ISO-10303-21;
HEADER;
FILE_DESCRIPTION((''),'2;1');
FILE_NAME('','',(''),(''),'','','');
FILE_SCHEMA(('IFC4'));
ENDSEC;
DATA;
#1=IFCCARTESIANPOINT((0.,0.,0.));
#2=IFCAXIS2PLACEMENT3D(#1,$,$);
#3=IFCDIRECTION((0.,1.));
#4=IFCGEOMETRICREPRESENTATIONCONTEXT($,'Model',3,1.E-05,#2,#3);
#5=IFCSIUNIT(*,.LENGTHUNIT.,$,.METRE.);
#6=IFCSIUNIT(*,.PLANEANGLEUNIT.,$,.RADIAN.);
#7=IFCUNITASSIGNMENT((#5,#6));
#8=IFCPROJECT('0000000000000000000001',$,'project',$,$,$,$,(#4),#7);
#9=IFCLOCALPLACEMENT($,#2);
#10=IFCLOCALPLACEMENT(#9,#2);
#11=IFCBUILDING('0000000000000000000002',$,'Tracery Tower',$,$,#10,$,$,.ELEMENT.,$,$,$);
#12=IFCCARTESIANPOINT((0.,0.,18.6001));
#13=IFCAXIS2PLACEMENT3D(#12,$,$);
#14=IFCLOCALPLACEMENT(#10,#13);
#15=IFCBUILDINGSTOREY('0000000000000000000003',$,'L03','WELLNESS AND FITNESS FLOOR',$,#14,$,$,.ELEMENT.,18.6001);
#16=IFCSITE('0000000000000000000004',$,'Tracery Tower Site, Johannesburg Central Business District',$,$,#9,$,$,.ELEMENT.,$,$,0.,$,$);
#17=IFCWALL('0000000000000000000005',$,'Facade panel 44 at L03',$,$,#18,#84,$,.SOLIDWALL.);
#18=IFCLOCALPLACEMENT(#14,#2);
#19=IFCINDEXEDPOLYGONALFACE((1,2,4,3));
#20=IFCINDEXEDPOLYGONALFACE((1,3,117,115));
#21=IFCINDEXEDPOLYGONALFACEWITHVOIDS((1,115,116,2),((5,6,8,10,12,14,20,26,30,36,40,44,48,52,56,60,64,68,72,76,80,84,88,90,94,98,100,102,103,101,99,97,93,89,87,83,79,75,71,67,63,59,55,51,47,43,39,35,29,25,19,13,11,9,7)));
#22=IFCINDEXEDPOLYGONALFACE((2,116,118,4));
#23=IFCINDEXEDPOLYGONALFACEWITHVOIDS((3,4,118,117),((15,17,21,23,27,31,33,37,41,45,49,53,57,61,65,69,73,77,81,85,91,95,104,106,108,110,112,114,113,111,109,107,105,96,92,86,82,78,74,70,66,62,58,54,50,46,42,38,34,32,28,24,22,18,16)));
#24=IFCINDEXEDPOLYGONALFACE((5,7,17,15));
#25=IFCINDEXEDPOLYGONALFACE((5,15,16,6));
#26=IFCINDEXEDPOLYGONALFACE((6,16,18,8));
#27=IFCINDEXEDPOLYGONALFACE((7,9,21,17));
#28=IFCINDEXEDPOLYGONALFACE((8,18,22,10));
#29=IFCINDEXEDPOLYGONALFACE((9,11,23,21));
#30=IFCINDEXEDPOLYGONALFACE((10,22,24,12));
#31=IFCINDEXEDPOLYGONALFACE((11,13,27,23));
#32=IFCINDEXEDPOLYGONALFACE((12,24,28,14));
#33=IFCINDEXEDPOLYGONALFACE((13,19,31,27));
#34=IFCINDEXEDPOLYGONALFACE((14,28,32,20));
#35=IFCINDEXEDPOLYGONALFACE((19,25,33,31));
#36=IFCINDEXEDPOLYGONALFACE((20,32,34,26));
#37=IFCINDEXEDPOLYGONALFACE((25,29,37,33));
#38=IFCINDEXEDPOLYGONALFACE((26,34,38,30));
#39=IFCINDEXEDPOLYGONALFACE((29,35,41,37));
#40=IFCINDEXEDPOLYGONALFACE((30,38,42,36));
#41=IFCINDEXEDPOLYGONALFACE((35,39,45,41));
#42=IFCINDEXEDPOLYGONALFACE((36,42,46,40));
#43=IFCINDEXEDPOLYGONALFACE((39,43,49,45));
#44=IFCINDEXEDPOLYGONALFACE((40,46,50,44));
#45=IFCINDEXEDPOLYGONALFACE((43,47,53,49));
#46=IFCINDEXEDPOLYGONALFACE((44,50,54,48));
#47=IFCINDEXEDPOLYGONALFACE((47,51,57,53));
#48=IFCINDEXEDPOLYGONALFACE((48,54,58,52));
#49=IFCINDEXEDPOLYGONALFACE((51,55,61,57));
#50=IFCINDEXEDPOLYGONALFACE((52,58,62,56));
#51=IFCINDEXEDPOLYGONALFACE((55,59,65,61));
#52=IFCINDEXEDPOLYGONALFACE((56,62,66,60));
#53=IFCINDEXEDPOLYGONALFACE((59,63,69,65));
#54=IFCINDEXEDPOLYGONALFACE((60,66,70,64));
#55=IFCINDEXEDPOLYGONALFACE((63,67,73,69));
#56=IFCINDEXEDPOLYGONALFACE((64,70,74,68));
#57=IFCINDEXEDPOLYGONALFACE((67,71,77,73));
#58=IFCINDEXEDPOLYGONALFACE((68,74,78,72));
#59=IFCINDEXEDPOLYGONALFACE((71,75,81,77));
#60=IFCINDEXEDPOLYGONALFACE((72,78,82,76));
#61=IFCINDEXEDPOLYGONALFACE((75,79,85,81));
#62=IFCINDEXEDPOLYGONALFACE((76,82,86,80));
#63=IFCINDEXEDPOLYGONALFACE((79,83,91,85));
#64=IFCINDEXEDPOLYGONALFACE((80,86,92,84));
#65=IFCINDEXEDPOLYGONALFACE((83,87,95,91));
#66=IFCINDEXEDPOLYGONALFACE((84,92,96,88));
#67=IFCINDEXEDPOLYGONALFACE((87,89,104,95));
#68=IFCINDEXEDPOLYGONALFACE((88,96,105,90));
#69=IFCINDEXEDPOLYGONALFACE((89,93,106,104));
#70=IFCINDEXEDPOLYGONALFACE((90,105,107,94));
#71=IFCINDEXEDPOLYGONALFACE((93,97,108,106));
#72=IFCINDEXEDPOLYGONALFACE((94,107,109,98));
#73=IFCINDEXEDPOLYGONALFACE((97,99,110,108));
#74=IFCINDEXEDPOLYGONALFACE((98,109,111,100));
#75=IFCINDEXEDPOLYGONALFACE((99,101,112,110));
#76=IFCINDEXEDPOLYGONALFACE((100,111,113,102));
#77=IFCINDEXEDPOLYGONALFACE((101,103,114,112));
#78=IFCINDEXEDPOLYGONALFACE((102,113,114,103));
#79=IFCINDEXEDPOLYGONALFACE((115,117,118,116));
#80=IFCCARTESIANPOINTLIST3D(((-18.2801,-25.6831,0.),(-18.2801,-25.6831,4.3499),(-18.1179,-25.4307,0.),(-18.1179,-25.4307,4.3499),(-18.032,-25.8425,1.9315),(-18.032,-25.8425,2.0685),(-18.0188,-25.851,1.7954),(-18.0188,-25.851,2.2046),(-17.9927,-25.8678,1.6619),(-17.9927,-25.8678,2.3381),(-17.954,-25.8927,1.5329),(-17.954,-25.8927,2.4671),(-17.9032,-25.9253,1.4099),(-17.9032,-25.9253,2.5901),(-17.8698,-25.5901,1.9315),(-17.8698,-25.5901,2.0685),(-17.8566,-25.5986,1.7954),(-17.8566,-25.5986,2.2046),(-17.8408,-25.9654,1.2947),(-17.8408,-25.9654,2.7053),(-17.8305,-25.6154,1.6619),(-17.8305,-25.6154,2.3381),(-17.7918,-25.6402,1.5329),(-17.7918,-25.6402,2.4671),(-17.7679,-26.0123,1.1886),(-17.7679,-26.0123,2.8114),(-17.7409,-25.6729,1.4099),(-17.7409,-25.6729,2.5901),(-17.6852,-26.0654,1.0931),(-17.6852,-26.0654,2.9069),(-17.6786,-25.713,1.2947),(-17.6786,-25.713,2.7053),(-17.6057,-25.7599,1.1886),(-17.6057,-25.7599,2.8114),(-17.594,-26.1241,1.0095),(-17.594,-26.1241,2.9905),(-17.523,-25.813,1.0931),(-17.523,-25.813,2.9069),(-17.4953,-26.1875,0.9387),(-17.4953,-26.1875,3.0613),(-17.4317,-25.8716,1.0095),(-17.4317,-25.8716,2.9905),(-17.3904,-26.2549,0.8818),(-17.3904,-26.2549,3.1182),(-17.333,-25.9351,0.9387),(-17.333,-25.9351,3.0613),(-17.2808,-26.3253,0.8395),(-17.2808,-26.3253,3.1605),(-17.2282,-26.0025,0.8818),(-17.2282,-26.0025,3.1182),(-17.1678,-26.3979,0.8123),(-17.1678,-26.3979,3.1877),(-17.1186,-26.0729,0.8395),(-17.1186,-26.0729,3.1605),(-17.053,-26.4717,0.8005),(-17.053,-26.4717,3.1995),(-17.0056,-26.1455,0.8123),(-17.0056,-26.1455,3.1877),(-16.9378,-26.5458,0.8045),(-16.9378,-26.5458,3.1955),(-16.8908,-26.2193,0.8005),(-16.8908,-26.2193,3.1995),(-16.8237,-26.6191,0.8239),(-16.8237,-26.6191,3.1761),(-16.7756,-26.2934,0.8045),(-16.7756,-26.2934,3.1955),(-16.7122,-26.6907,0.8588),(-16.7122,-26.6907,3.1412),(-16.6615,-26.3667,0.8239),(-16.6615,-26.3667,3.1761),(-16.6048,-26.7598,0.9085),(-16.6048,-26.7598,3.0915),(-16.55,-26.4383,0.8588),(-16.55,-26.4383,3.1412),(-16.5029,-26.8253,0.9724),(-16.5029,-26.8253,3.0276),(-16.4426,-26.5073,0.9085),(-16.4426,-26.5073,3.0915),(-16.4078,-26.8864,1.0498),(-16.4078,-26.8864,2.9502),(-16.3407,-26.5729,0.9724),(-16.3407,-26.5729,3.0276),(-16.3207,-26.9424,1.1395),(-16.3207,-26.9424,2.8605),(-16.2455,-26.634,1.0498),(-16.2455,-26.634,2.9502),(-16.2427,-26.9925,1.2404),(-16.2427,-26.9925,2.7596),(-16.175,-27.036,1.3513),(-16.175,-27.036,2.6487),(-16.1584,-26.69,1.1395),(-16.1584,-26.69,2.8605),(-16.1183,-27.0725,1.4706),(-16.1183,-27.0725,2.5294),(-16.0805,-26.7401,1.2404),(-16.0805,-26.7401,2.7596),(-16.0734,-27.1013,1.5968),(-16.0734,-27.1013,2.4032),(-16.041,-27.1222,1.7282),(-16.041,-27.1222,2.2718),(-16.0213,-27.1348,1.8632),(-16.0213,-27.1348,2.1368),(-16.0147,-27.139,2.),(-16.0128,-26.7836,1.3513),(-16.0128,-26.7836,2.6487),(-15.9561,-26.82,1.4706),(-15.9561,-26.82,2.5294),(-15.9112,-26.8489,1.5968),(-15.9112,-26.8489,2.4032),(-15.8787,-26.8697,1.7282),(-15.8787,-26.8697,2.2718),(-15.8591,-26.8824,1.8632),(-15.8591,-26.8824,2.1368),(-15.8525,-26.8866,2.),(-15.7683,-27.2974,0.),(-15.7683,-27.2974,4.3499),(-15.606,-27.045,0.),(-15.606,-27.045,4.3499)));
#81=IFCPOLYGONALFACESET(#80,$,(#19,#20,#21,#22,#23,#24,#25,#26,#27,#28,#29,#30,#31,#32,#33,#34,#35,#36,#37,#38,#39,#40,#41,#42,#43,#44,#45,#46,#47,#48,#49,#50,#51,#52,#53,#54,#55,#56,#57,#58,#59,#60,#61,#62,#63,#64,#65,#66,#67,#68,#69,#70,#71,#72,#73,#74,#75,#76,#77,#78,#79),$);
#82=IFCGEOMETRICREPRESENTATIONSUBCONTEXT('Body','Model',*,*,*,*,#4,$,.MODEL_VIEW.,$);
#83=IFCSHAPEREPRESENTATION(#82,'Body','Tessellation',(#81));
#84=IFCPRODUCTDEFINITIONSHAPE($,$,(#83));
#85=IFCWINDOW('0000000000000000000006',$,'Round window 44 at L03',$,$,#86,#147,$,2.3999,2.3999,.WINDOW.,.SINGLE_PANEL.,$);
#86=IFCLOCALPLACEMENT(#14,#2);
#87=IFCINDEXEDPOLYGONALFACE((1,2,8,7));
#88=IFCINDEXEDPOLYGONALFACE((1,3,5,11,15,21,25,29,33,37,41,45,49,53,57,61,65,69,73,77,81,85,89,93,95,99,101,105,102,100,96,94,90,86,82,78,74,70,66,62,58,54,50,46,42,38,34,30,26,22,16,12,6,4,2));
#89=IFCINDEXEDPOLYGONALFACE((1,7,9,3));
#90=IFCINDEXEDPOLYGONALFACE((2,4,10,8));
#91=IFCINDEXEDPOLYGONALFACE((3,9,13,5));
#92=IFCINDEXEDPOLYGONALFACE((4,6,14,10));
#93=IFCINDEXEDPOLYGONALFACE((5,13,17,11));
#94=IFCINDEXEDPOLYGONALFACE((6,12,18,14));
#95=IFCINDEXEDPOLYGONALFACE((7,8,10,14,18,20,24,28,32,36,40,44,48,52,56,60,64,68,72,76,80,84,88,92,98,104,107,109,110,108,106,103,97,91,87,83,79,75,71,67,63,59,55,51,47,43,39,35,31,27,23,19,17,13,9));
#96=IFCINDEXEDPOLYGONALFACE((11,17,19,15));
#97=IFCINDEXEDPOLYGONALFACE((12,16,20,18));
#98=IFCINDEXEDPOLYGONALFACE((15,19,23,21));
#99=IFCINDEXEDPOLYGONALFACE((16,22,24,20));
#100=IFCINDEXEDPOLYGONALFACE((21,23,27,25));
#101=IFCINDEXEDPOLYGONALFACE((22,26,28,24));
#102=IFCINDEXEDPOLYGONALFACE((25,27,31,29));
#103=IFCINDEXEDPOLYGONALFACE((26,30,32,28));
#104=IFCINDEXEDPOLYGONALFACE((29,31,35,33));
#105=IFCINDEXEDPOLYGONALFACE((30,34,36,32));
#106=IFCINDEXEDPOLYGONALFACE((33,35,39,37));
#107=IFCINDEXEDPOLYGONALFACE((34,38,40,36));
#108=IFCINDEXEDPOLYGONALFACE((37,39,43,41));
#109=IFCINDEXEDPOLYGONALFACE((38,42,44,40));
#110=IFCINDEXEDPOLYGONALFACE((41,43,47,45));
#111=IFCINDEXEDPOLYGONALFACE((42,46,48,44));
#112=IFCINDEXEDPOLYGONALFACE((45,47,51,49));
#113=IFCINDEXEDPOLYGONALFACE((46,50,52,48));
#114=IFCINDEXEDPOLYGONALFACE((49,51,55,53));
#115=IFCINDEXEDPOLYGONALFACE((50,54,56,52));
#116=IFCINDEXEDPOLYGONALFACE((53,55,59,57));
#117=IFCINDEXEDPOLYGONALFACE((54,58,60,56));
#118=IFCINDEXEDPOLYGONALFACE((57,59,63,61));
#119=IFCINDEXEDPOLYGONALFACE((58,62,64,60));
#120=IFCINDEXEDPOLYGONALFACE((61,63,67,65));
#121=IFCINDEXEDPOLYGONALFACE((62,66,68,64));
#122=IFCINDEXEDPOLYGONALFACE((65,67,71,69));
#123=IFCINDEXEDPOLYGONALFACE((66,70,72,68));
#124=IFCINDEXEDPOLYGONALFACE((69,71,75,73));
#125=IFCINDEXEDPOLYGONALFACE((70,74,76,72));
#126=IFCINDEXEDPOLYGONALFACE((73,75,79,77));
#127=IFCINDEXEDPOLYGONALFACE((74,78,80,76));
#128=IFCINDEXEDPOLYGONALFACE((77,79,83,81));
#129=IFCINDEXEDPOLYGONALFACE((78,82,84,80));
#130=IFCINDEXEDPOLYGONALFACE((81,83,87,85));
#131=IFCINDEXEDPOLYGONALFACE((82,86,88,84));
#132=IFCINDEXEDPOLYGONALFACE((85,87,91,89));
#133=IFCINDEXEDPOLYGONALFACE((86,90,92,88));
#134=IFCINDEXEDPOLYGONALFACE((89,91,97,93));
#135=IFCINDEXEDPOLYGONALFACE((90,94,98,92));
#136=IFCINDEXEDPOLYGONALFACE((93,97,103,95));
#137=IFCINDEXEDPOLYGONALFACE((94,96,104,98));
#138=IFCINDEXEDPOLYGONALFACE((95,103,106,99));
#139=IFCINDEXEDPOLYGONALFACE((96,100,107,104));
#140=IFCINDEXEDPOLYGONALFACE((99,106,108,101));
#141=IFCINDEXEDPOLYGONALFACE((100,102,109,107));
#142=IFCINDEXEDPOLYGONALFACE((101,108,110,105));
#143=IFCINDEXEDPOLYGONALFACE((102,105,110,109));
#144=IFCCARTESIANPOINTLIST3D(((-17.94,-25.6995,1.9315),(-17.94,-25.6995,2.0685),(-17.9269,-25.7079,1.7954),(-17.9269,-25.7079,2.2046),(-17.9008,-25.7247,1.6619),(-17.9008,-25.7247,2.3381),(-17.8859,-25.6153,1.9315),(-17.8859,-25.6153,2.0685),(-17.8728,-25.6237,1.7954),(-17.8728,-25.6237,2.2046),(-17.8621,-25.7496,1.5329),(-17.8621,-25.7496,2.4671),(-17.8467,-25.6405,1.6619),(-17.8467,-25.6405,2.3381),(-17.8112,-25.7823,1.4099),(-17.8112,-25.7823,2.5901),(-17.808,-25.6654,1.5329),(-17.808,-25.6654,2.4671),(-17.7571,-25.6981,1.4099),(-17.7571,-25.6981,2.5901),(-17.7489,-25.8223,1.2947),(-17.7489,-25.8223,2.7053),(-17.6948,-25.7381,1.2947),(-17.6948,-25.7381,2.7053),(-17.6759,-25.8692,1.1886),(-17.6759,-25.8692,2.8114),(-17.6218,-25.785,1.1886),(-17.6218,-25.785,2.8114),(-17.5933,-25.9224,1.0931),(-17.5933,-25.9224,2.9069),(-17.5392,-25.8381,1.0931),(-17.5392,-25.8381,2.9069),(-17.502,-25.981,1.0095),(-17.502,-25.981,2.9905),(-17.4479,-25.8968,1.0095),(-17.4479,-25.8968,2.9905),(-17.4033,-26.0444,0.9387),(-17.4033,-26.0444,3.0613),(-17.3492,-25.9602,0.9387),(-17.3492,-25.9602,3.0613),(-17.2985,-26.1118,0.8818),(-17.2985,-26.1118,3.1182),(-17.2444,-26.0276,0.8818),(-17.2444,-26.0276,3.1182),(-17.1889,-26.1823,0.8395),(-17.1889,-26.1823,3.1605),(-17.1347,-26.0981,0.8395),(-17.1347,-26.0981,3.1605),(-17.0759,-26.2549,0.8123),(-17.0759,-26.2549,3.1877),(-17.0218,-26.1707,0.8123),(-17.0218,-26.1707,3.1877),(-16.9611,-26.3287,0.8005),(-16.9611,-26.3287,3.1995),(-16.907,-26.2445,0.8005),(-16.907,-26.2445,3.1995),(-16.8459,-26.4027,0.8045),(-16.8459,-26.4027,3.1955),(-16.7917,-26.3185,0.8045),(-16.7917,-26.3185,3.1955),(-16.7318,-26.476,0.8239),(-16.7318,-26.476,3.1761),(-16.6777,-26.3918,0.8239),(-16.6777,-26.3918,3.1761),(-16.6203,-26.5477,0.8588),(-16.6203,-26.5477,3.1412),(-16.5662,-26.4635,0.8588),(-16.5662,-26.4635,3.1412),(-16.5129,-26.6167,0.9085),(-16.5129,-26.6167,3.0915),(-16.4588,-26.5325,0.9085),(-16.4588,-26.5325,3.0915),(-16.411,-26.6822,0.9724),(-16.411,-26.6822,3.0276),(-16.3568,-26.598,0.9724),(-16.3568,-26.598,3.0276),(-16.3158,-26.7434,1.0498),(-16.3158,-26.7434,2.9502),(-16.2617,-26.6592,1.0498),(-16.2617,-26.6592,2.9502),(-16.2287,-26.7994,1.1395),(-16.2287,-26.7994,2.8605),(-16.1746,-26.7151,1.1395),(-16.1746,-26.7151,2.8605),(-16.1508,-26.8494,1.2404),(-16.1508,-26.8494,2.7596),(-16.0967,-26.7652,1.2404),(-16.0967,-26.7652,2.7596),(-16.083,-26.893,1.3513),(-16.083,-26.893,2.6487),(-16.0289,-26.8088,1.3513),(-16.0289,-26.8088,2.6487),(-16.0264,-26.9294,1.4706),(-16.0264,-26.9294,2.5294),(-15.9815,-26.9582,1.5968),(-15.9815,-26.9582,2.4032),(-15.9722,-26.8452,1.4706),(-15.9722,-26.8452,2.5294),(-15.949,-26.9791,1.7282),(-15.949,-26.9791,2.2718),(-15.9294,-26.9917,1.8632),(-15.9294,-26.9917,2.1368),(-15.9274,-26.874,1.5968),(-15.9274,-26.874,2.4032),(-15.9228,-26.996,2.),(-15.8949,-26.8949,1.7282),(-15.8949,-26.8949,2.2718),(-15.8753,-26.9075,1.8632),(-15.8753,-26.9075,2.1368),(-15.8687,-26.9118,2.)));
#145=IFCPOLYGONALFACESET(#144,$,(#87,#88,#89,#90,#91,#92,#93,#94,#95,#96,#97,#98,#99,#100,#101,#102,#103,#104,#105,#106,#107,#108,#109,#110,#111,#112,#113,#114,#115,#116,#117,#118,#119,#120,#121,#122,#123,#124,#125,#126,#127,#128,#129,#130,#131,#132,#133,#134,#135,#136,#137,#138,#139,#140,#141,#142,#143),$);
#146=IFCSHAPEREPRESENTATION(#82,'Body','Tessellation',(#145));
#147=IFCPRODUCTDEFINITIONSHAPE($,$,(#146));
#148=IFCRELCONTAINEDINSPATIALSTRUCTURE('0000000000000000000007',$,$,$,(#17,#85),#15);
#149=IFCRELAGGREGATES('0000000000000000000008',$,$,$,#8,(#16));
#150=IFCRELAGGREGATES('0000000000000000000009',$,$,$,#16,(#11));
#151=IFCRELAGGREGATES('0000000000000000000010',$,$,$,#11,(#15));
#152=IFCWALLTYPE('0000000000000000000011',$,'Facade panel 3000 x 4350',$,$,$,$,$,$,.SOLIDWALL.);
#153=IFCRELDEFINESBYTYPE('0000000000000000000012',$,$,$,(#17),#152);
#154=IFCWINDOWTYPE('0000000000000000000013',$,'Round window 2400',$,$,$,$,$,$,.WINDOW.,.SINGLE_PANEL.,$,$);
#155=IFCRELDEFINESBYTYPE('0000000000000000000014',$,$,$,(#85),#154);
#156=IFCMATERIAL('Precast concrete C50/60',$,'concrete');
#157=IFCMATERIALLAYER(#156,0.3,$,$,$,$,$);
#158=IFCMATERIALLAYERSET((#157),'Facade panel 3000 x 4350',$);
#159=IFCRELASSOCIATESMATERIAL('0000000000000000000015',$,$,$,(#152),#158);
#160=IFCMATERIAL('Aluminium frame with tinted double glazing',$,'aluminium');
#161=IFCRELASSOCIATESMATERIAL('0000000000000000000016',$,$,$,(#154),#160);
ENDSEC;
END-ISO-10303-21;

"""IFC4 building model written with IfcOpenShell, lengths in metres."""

from ifc_helpers import new_model, si_unit, direction, frame, frame_2d, origin, origin_2d, place, context, subcontext, project, spatial, rectangle, circle, extrude, material, layer, layer_set, type_object, element, fill, save


model = new_model("IFC4")

# Units and contexts
model_context = context("Model", 3, precision=1e-05, world=origin(), true_north=direction((0.0, 1.0)))
body_context = subcontext(model_context, "Body", "Model", "MODEL_VIEW")
ifc_project = project(units=[si_unit("LENGTHUNIT", "METRE"), si_unit("PLANEANGLEUNIT", "RADIAN")], contexts=[model_context])

# Site, building, storey
site_placement = place(None, origin())
site = spatial("IfcSite", under=ifc_project, at=site_placement, Name="Tracery Tower Site, Johannesburg Central Business District", CompositionType="ELEMENT", RefElevation=0.0)
building_placement = place(site_placement, origin())
building = spatial("IfcBuilding", under=site, at=building_placement, Name="Tracery Tower", CompositionType="ELEMENT")
storey_placement = place(building_placement, frame((0.0, 0.0, 18.6001)))
storey = spatial("IfcBuildingStorey", under=building, at=storey_placement, Name="L03", Description="WELLNESS AND FITNESS FLOOR", CompositionType="ELEMENT", Elevation=18.6001)

# Wall, opening, window
ifc_material_1 = material(Name="Precast concrete C50/60", Category="concrete")
ifc_layer_1 = layer(ifc_material_1, 0.3)
ifc_layer_set_1 = layer_set([ifc_layer_1], Name="Facade panel 3000 x 4350")
wall_type_1 = type_object("IfcWallType", Name="Facade panel 3000 x 4350", PredefinedType="SOLIDWALL", material=ifc_layer_set_1)
ifc_material_2 = material(Name="Aluminium frame with tinted double glazing", Category="aluminium")
window_type = type_object("IfcWindowType", Name="Round window 2400", PartitioningType="SINGLE_PANEL", PredefinedType="WINDOW", material=ifc_material_2)
wall_1_placement = place(storey_placement, frame((-18.199, -25.5569, 0.0), z_axis=(0.0, 0.0, 1.0), x_axis=(0.841242, -0.540658, 0.0)))
wall_1 = element("IfcWall", 1, at=wall_1_placement, inside=storey, type_object=wall_type_1, Name="Facade panel 44 at L03", PredefinedType="SOLIDWALL", context=body_context, shape_type="SweptSolid", body=[
    extrude(rectangle(XDim=2.9858, YDim=0.3, at=frame_2d((1.4929, 0.0))), origin(), (0.0, 0.0, 1.0), 4.3499),
])
opening_1_placement = place(wall_1_placement, frame((1.4929, 0.0, 2.0)))
opening_1 = element("IfcOpeningElement", 2, at=opening_1_placement, cuts=wall_1, PredefinedType="OPENING", context=body_context, shape_type="SweptSolid", body=[
    extrude(circle(Radius=1.2, at=origin_2d()), frame((0.0, 0.1599, 0.0), z_axis=(0.0, -1.0, 0.0), x_axis=(1.0, 0.0, 0.0)), (0.0, 0.0, 1.0), 0.3201),
])
window_1_placement = place(opening_1_placement, origin())
window_1 = element("IfcWindow", 3, at=window_1_placement, inside=storey, type_object=window_type, Name="Round window 44 at L03", OverallHeight=2.3999, OverallWidth=2.3999, PartitioningType="SINGLE_PANEL", PredefinedType="WINDOW", context=body_context, shape_type="SweptSolid", body=[
    extrude(circle(Radius=1.2, at=origin_2d()), frame((0.0, 0.1201, 0.0), z_axis=(0.0, -1.0, 0.0), x_axis=(1.0, 0.0, 0.0)), (0.0, 0.0, 1.0), 0.1001),
])
fill(opening_1, window_1)

save(model, "model.ifc")
